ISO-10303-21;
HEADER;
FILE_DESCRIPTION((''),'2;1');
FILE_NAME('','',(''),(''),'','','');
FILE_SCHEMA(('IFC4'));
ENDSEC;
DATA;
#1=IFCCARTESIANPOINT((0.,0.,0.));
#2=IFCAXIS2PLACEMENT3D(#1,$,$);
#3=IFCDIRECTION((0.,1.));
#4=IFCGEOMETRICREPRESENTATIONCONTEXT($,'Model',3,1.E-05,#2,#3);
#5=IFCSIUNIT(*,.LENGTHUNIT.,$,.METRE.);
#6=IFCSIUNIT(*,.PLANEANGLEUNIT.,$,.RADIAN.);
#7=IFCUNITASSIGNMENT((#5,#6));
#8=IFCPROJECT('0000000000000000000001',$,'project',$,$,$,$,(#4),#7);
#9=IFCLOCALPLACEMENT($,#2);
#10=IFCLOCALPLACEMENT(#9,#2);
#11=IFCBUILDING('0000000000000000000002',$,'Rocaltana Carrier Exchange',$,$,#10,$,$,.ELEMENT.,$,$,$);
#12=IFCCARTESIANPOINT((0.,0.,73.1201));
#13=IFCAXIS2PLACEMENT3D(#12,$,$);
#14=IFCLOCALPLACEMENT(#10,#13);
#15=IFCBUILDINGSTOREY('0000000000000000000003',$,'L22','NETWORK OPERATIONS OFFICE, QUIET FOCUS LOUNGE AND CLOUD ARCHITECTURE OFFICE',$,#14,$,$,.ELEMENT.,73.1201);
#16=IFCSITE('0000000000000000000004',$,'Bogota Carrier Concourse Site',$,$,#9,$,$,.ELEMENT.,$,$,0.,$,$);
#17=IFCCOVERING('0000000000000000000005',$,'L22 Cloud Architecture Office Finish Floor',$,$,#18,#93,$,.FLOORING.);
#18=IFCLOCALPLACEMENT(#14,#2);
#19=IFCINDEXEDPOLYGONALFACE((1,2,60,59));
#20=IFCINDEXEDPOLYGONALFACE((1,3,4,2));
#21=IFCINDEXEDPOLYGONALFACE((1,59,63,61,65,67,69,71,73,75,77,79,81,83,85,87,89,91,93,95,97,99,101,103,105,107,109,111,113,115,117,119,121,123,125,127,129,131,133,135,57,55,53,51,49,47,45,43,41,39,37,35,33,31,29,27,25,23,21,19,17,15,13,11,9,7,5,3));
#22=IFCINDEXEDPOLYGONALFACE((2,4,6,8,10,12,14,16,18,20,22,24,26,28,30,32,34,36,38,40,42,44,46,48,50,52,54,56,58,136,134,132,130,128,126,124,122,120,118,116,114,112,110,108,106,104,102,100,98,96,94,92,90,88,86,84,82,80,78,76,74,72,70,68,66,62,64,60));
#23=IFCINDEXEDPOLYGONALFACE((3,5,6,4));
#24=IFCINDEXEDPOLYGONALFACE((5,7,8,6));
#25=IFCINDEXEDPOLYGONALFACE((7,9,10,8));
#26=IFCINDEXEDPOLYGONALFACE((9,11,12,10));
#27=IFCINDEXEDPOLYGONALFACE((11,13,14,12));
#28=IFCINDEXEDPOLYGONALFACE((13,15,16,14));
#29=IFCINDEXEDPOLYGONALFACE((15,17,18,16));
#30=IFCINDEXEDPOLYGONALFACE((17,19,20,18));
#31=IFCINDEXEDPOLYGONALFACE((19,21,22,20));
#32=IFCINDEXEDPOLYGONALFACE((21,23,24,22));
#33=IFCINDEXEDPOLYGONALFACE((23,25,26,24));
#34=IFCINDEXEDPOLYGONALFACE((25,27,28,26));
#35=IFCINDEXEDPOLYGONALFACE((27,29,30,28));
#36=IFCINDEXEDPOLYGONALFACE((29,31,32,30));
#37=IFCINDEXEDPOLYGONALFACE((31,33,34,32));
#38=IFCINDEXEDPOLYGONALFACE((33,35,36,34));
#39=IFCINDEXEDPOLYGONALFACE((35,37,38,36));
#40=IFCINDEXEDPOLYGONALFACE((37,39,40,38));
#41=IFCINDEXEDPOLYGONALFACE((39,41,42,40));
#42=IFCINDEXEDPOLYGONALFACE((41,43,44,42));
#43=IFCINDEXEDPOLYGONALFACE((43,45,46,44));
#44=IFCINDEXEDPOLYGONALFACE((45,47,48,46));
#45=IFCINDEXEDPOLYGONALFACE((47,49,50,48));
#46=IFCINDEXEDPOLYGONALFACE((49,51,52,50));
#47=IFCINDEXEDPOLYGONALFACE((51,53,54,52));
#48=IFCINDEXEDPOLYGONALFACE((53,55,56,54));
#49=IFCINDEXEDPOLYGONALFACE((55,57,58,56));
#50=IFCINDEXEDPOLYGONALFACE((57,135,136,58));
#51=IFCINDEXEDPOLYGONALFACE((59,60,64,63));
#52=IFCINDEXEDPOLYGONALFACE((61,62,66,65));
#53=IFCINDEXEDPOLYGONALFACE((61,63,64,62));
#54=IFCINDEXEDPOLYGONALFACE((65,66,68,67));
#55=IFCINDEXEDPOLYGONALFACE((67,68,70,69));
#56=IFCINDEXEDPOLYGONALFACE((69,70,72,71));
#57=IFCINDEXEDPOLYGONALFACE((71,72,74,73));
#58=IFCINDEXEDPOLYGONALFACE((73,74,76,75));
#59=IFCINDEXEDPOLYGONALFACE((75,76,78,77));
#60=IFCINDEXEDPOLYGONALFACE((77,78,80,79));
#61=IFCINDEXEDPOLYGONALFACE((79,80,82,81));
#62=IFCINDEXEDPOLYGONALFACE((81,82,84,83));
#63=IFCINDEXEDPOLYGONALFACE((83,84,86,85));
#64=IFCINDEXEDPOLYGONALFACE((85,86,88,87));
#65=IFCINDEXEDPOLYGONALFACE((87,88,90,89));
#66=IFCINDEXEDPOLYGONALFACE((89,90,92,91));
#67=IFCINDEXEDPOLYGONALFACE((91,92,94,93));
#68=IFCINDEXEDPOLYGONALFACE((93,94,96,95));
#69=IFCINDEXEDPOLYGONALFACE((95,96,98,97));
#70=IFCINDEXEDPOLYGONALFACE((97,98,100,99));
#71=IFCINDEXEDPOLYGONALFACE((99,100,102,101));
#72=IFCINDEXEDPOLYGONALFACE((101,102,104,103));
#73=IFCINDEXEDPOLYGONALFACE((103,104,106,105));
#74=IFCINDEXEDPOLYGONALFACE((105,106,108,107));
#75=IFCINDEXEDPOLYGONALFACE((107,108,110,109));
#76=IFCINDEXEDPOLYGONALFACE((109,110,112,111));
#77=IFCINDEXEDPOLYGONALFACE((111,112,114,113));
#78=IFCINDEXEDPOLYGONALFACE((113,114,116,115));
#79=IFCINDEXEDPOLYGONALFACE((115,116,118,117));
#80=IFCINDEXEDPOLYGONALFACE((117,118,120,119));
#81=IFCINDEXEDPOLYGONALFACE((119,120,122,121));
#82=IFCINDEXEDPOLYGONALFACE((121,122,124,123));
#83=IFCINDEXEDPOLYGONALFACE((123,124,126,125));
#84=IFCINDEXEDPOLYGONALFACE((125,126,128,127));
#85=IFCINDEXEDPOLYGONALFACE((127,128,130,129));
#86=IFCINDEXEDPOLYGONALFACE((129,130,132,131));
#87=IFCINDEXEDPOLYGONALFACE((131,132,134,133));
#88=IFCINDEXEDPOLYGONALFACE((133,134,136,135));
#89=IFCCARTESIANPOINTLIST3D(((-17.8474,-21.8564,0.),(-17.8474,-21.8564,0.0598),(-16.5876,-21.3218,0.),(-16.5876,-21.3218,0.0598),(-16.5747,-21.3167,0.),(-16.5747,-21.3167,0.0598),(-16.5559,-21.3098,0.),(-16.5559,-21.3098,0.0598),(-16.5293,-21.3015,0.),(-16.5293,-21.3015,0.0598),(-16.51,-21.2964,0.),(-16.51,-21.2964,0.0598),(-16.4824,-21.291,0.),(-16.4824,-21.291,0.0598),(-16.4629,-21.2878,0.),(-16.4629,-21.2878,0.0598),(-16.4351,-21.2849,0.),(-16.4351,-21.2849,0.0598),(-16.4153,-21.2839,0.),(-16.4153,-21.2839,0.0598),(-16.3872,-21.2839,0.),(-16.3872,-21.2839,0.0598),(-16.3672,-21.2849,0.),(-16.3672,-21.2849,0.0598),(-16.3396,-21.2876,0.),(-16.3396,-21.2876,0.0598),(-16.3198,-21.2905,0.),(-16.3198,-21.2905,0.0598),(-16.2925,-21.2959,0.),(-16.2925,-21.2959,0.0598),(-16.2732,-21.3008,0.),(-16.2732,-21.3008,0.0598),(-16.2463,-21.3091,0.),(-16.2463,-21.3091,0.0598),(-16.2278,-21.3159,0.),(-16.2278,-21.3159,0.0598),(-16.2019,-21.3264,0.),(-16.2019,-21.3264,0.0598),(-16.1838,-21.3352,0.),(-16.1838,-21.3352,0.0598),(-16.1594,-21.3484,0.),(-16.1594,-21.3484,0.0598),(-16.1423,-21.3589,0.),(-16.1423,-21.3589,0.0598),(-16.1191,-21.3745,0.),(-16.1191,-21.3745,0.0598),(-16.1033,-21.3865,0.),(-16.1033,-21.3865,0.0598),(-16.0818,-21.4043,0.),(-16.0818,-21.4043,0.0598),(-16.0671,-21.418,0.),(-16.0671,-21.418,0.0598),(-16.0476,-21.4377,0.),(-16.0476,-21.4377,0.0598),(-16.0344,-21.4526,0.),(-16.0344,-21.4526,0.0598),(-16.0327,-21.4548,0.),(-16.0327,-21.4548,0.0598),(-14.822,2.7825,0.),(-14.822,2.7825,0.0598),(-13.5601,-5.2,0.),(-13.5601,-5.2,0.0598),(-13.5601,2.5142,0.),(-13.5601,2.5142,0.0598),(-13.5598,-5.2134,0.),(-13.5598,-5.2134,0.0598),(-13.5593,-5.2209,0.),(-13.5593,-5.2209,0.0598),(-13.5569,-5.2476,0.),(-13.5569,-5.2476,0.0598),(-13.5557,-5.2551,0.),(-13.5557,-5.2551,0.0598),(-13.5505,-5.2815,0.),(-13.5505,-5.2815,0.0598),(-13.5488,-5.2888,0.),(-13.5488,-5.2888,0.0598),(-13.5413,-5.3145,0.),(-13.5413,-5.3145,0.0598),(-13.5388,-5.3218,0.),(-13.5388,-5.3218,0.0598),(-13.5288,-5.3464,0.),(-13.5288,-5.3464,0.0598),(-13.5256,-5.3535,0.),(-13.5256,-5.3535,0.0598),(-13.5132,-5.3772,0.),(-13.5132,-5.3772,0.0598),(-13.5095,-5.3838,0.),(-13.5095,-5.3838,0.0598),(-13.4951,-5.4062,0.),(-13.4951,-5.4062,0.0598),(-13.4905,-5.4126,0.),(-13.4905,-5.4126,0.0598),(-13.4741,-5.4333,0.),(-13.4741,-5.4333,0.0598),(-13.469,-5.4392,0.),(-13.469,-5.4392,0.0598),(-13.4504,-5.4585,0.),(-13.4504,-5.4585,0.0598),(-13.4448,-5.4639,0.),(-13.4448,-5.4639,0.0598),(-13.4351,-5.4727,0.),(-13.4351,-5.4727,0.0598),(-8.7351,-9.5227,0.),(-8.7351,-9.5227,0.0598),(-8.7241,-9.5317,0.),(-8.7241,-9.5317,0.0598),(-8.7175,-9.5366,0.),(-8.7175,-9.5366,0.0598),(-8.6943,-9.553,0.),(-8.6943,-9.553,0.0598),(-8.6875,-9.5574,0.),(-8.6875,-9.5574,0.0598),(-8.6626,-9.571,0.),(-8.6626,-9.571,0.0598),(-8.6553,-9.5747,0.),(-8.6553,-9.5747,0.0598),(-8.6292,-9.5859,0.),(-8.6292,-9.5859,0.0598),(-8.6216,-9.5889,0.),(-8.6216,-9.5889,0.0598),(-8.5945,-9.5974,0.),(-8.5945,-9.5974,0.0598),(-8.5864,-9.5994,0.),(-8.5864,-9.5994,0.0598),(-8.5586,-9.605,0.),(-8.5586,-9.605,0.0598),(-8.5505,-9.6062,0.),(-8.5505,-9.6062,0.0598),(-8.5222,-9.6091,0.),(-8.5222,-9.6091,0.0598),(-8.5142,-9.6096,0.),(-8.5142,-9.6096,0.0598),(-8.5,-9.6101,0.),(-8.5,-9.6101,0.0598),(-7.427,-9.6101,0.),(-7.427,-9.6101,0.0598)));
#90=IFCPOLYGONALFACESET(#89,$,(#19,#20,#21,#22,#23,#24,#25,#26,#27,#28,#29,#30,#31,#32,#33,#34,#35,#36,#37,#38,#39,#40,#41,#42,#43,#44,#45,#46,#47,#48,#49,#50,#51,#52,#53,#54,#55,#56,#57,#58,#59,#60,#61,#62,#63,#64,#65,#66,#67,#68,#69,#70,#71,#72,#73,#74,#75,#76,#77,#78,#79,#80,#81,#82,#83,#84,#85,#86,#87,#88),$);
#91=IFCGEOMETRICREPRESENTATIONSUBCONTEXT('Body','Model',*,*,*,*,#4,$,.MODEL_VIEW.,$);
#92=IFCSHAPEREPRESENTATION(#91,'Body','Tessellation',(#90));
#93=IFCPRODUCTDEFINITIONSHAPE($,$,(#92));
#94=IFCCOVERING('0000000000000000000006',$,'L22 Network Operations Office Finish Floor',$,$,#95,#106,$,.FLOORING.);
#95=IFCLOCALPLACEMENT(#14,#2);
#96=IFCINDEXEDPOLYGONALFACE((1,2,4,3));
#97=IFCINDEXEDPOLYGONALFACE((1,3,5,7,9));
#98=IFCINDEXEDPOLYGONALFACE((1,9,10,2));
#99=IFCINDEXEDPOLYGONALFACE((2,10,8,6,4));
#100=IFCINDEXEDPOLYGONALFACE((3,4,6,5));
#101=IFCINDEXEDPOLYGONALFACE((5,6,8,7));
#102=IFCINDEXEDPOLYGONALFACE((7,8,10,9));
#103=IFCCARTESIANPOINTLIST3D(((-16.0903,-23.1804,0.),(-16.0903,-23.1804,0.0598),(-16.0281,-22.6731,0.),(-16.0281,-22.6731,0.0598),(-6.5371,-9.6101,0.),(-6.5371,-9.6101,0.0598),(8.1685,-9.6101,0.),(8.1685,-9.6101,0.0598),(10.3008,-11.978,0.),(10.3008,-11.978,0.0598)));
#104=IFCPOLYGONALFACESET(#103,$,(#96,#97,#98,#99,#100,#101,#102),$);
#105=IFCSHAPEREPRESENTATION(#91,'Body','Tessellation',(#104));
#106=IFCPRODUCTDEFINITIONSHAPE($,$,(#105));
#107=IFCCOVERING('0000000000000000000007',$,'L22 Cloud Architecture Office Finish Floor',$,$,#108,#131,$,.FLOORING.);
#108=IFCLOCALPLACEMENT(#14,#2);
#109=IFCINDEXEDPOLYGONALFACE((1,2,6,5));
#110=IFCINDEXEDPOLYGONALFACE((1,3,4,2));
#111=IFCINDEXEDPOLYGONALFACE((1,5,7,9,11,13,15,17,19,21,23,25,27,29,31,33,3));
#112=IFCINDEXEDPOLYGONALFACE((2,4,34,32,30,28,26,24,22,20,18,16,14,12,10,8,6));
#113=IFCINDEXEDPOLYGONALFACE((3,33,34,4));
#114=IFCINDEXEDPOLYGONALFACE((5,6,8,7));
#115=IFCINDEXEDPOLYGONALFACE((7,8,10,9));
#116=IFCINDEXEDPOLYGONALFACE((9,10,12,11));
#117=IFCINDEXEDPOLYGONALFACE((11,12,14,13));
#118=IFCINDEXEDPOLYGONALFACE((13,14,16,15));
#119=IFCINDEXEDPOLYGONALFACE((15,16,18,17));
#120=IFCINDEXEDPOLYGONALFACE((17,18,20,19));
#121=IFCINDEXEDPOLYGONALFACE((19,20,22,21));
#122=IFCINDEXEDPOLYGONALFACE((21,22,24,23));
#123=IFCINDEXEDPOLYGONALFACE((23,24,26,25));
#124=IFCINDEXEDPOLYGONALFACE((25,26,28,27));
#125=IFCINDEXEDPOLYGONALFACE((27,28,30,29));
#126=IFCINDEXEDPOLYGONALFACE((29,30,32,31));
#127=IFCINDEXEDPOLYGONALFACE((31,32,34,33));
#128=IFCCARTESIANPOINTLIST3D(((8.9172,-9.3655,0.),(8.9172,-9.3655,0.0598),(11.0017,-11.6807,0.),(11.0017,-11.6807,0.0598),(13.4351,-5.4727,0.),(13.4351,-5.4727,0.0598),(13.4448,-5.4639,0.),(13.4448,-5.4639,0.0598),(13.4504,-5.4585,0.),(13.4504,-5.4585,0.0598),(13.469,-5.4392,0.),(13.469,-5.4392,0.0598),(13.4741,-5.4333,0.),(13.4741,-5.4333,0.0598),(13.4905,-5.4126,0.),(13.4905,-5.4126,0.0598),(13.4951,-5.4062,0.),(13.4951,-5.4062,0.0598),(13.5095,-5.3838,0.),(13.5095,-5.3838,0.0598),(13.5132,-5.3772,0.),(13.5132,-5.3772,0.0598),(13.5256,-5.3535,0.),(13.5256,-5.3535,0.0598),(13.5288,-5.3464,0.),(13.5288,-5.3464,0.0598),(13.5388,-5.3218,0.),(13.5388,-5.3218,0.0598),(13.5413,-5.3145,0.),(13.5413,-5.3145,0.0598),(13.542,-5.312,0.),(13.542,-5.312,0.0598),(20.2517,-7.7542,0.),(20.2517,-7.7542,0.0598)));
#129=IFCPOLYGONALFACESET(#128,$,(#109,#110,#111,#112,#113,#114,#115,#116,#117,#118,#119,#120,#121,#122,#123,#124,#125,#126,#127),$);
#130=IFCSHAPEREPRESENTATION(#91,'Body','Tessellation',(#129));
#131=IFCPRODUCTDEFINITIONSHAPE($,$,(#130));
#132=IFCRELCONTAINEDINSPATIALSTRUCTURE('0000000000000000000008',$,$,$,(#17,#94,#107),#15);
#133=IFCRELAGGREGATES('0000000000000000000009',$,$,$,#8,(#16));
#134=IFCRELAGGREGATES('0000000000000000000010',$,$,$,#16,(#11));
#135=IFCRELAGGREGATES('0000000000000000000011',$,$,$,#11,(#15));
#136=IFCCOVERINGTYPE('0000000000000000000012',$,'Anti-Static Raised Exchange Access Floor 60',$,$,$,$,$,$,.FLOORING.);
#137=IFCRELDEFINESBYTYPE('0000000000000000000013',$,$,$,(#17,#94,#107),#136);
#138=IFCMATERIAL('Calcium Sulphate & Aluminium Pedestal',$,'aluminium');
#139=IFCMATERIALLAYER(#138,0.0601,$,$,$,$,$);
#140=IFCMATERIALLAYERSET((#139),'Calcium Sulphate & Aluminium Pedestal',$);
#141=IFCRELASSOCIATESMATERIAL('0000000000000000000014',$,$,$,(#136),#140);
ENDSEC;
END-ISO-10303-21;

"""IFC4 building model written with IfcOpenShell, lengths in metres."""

from ifc_helpers import new_model, si_unit, direction, frame, origin, place, context, subcontext, project, spatial, polyline, outline, extrude, material, layer, layer_set, type_object, element, save


model = new_model("IFC4")

# Units and contexts
model_context = context("Model", 3, precision=1e-05, world=origin(), true_north=direction((0.0, 1.0)))
body_context = subcontext(model_context, "Body", "Model", "MODEL_VIEW")
ifc_project = project(units=[si_unit("LENGTHUNIT", "METRE"), si_unit("PLANEANGLEUNIT", "RADIAN")], contexts=[model_context])

# Site, building, storey
site_placement = place(None, origin())
site = spatial("IfcSite", under=ifc_project, at=site_placement, Name="Bogota Carrier Concourse Site", CompositionType="ELEMENT", RefElevation=0.0)
building_placement = place(site_placement, origin())
building = spatial("IfcBuilding", under=site, at=building_placement, Name="Rocaltana Carrier Exchange", CompositionType="ELEMENT")
storey_placement = place(building_placement, frame((0.0, 0.0, 73.1201)))
storey = spatial("IfcBuildingStorey", under=building, at=storey_placement, Name="L22", Description="NETWORK OPERATIONS OFFICE, QUIET FOCUS LOUNGE AND CLOUD ARCHITECTURE OFFICE", CompositionType="ELEMENT", Elevation=73.1201)

# Coverings
ifc_material_1 = material(Name="Calcium Sulphate & Aluminium Pedestal", Category="aluminium")
ifc_layer_1 = layer(ifc_material_1, 0.0601)
ifc_layer_set_1 = layer_set([ifc_layer_1], Name="Calcium Sulphate & Aluminium Pedestal")
covering_type_1 = type_object("IfcCoveringType", Name="Anti-Static Raised Exchange Access Floor 60", PredefinedType="FLOORING", material=ifc_layer_set_1)
covering_1_placement = place(storey_placement, origin())
element("IfcCovering", 1, at=covering_1_placement, inside=storey, type_object=covering_type_1, Name="L22 Cloud Architecture Office Finish Floor", PredefinedType="FLOORING", context=body_context, shape_type="SweptSolid", body=[
    extrude(outline(polyline([(-16.0327, -21.4548), (-16.0344, -21.4526), (-16.0476, -21.4377), (-16.0671, -21.418), (-16.0818, -21.4043), (-16.1033, -21.3865), (-16.1191, -21.3745), (-16.1423, -21.3589), (-16.1594, -21.3484), (-16.1838, -21.3352), (-16.2019, -21.3264), (-16.2278, -21.3159), (-16.2463, -21.3091), (-16.2732, -21.3008), (-16.2925, -21.2959), (-16.3198, -21.2905), (-16.3396, -21.2876), (-16.3672, -21.2849), (-16.3872, -21.2839), (-16.4153, -21.2839), (-16.4351, -21.2849), (-16.4629, -21.2878), (-16.4824, -21.291), (-16.51, -21.2964), (-16.5293, -21.3015), (-16.5559, -21.3098), (-16.5747, -21.3167), (-16.5876, -21.3218), (-17.8474, -21.8564), (-14.822, 2.7825), (-13.5601, 2.5142), (-13.5601, -5.2), (-13.5598, -5.2134), (-13.5593, -5.2209), (-13.5569, -5.2476), (-13.5557, -5.2551), (-13.5505, -5.2815), (-13.5488, -5.2888), (-13.5413, -5.3145), (-13.5388, -5.3218), (-13.5288, -5.3464), (-13.5256, -5.3535), (-13.5132, -5.3772), (-13.5095, -5.3838), (-13.4951, -5.4062), (-13.4905, -5.4126), (-13.4741, -5.4333), (-13.469, -5.4392), (-13.4504, -5.4585), (-13.4448, -5.4639), (-13.4351, -5.4727), (-8.7351, -9.5227), (-8.7241, -9.5317), (-8.7175, -9.5366), (-8.6943, -9.553), (-8.6875, -9.5574), (-8.6626, -9.571), (-8.6553, -9.5747), (-8.6292, -9.5859), (-8.6216, -9.5889), (-8.5945, -9.5974), (-8.5864, -9.5994), (-8.5586, -9.605), (-8.5505, -9.6062), (-8.5222, -9.6091), (-8.5142, -9.6096), (-8.5, -9.6101), (-7.427, -9.6101), (-16.0327, -21.4548)])), origin(), (0.0, 0.0, 1.0), 0.0598),
])
covering_2_placement = place(storey_placement, origin())
element("IfcCovering", 2, at=covering_2_placement, inside=storey, type_object=covering_type_1, Name="L22 Network Operations Office Finish Floor", PredefinedType="FLOORING", context=body_context, shape_type="SweptSolid", body=[
    extrude(outline(polyline([(-16.0281, -22.6731), (-6.5371, -9.6101), (8.1685, -9.6101), (10.3008, -11.978), (-16.0903, -23.1804), (-16.0281, -22.6731)])), origin(), (0.0, 0.0, 1.0), 0.0598),
])
covering_3_placement = place(storey_placement, origin())
element("IfcCovering", 3, at=covering_3_placement, inside=storey, type_object=covering_type_1, Name="L22 Cloud Architecture Office Finish Floor", PredefinedType="FLOORING", context=body_context, shape_type="SweptSolid", body=[
    extrude(outline(polyline([(8.9172, -9.3655), (13.4351, -5.4727), (13.4448, -5.4639), (13.4504, -5.4585), (13.469, -5.4392), (13.4741, -5.4333), (13.4905, -5.4126), (13.4951, -5.4062), (13.5095, -5.3838), (13.5132, -5.3772), (13.5256, -5.3535), (13.5288, -5.3464), (13.5388, -5.3218), (13.5413, -5.3145), (13.542, -5.312), (20.2517, -7.7542), (11.0017, -11.6807), (8.9172, -9.3655)])), origin(), (0.0, 0.0, 1.0), 0.0598),
])

save(model, "model.ifc")
